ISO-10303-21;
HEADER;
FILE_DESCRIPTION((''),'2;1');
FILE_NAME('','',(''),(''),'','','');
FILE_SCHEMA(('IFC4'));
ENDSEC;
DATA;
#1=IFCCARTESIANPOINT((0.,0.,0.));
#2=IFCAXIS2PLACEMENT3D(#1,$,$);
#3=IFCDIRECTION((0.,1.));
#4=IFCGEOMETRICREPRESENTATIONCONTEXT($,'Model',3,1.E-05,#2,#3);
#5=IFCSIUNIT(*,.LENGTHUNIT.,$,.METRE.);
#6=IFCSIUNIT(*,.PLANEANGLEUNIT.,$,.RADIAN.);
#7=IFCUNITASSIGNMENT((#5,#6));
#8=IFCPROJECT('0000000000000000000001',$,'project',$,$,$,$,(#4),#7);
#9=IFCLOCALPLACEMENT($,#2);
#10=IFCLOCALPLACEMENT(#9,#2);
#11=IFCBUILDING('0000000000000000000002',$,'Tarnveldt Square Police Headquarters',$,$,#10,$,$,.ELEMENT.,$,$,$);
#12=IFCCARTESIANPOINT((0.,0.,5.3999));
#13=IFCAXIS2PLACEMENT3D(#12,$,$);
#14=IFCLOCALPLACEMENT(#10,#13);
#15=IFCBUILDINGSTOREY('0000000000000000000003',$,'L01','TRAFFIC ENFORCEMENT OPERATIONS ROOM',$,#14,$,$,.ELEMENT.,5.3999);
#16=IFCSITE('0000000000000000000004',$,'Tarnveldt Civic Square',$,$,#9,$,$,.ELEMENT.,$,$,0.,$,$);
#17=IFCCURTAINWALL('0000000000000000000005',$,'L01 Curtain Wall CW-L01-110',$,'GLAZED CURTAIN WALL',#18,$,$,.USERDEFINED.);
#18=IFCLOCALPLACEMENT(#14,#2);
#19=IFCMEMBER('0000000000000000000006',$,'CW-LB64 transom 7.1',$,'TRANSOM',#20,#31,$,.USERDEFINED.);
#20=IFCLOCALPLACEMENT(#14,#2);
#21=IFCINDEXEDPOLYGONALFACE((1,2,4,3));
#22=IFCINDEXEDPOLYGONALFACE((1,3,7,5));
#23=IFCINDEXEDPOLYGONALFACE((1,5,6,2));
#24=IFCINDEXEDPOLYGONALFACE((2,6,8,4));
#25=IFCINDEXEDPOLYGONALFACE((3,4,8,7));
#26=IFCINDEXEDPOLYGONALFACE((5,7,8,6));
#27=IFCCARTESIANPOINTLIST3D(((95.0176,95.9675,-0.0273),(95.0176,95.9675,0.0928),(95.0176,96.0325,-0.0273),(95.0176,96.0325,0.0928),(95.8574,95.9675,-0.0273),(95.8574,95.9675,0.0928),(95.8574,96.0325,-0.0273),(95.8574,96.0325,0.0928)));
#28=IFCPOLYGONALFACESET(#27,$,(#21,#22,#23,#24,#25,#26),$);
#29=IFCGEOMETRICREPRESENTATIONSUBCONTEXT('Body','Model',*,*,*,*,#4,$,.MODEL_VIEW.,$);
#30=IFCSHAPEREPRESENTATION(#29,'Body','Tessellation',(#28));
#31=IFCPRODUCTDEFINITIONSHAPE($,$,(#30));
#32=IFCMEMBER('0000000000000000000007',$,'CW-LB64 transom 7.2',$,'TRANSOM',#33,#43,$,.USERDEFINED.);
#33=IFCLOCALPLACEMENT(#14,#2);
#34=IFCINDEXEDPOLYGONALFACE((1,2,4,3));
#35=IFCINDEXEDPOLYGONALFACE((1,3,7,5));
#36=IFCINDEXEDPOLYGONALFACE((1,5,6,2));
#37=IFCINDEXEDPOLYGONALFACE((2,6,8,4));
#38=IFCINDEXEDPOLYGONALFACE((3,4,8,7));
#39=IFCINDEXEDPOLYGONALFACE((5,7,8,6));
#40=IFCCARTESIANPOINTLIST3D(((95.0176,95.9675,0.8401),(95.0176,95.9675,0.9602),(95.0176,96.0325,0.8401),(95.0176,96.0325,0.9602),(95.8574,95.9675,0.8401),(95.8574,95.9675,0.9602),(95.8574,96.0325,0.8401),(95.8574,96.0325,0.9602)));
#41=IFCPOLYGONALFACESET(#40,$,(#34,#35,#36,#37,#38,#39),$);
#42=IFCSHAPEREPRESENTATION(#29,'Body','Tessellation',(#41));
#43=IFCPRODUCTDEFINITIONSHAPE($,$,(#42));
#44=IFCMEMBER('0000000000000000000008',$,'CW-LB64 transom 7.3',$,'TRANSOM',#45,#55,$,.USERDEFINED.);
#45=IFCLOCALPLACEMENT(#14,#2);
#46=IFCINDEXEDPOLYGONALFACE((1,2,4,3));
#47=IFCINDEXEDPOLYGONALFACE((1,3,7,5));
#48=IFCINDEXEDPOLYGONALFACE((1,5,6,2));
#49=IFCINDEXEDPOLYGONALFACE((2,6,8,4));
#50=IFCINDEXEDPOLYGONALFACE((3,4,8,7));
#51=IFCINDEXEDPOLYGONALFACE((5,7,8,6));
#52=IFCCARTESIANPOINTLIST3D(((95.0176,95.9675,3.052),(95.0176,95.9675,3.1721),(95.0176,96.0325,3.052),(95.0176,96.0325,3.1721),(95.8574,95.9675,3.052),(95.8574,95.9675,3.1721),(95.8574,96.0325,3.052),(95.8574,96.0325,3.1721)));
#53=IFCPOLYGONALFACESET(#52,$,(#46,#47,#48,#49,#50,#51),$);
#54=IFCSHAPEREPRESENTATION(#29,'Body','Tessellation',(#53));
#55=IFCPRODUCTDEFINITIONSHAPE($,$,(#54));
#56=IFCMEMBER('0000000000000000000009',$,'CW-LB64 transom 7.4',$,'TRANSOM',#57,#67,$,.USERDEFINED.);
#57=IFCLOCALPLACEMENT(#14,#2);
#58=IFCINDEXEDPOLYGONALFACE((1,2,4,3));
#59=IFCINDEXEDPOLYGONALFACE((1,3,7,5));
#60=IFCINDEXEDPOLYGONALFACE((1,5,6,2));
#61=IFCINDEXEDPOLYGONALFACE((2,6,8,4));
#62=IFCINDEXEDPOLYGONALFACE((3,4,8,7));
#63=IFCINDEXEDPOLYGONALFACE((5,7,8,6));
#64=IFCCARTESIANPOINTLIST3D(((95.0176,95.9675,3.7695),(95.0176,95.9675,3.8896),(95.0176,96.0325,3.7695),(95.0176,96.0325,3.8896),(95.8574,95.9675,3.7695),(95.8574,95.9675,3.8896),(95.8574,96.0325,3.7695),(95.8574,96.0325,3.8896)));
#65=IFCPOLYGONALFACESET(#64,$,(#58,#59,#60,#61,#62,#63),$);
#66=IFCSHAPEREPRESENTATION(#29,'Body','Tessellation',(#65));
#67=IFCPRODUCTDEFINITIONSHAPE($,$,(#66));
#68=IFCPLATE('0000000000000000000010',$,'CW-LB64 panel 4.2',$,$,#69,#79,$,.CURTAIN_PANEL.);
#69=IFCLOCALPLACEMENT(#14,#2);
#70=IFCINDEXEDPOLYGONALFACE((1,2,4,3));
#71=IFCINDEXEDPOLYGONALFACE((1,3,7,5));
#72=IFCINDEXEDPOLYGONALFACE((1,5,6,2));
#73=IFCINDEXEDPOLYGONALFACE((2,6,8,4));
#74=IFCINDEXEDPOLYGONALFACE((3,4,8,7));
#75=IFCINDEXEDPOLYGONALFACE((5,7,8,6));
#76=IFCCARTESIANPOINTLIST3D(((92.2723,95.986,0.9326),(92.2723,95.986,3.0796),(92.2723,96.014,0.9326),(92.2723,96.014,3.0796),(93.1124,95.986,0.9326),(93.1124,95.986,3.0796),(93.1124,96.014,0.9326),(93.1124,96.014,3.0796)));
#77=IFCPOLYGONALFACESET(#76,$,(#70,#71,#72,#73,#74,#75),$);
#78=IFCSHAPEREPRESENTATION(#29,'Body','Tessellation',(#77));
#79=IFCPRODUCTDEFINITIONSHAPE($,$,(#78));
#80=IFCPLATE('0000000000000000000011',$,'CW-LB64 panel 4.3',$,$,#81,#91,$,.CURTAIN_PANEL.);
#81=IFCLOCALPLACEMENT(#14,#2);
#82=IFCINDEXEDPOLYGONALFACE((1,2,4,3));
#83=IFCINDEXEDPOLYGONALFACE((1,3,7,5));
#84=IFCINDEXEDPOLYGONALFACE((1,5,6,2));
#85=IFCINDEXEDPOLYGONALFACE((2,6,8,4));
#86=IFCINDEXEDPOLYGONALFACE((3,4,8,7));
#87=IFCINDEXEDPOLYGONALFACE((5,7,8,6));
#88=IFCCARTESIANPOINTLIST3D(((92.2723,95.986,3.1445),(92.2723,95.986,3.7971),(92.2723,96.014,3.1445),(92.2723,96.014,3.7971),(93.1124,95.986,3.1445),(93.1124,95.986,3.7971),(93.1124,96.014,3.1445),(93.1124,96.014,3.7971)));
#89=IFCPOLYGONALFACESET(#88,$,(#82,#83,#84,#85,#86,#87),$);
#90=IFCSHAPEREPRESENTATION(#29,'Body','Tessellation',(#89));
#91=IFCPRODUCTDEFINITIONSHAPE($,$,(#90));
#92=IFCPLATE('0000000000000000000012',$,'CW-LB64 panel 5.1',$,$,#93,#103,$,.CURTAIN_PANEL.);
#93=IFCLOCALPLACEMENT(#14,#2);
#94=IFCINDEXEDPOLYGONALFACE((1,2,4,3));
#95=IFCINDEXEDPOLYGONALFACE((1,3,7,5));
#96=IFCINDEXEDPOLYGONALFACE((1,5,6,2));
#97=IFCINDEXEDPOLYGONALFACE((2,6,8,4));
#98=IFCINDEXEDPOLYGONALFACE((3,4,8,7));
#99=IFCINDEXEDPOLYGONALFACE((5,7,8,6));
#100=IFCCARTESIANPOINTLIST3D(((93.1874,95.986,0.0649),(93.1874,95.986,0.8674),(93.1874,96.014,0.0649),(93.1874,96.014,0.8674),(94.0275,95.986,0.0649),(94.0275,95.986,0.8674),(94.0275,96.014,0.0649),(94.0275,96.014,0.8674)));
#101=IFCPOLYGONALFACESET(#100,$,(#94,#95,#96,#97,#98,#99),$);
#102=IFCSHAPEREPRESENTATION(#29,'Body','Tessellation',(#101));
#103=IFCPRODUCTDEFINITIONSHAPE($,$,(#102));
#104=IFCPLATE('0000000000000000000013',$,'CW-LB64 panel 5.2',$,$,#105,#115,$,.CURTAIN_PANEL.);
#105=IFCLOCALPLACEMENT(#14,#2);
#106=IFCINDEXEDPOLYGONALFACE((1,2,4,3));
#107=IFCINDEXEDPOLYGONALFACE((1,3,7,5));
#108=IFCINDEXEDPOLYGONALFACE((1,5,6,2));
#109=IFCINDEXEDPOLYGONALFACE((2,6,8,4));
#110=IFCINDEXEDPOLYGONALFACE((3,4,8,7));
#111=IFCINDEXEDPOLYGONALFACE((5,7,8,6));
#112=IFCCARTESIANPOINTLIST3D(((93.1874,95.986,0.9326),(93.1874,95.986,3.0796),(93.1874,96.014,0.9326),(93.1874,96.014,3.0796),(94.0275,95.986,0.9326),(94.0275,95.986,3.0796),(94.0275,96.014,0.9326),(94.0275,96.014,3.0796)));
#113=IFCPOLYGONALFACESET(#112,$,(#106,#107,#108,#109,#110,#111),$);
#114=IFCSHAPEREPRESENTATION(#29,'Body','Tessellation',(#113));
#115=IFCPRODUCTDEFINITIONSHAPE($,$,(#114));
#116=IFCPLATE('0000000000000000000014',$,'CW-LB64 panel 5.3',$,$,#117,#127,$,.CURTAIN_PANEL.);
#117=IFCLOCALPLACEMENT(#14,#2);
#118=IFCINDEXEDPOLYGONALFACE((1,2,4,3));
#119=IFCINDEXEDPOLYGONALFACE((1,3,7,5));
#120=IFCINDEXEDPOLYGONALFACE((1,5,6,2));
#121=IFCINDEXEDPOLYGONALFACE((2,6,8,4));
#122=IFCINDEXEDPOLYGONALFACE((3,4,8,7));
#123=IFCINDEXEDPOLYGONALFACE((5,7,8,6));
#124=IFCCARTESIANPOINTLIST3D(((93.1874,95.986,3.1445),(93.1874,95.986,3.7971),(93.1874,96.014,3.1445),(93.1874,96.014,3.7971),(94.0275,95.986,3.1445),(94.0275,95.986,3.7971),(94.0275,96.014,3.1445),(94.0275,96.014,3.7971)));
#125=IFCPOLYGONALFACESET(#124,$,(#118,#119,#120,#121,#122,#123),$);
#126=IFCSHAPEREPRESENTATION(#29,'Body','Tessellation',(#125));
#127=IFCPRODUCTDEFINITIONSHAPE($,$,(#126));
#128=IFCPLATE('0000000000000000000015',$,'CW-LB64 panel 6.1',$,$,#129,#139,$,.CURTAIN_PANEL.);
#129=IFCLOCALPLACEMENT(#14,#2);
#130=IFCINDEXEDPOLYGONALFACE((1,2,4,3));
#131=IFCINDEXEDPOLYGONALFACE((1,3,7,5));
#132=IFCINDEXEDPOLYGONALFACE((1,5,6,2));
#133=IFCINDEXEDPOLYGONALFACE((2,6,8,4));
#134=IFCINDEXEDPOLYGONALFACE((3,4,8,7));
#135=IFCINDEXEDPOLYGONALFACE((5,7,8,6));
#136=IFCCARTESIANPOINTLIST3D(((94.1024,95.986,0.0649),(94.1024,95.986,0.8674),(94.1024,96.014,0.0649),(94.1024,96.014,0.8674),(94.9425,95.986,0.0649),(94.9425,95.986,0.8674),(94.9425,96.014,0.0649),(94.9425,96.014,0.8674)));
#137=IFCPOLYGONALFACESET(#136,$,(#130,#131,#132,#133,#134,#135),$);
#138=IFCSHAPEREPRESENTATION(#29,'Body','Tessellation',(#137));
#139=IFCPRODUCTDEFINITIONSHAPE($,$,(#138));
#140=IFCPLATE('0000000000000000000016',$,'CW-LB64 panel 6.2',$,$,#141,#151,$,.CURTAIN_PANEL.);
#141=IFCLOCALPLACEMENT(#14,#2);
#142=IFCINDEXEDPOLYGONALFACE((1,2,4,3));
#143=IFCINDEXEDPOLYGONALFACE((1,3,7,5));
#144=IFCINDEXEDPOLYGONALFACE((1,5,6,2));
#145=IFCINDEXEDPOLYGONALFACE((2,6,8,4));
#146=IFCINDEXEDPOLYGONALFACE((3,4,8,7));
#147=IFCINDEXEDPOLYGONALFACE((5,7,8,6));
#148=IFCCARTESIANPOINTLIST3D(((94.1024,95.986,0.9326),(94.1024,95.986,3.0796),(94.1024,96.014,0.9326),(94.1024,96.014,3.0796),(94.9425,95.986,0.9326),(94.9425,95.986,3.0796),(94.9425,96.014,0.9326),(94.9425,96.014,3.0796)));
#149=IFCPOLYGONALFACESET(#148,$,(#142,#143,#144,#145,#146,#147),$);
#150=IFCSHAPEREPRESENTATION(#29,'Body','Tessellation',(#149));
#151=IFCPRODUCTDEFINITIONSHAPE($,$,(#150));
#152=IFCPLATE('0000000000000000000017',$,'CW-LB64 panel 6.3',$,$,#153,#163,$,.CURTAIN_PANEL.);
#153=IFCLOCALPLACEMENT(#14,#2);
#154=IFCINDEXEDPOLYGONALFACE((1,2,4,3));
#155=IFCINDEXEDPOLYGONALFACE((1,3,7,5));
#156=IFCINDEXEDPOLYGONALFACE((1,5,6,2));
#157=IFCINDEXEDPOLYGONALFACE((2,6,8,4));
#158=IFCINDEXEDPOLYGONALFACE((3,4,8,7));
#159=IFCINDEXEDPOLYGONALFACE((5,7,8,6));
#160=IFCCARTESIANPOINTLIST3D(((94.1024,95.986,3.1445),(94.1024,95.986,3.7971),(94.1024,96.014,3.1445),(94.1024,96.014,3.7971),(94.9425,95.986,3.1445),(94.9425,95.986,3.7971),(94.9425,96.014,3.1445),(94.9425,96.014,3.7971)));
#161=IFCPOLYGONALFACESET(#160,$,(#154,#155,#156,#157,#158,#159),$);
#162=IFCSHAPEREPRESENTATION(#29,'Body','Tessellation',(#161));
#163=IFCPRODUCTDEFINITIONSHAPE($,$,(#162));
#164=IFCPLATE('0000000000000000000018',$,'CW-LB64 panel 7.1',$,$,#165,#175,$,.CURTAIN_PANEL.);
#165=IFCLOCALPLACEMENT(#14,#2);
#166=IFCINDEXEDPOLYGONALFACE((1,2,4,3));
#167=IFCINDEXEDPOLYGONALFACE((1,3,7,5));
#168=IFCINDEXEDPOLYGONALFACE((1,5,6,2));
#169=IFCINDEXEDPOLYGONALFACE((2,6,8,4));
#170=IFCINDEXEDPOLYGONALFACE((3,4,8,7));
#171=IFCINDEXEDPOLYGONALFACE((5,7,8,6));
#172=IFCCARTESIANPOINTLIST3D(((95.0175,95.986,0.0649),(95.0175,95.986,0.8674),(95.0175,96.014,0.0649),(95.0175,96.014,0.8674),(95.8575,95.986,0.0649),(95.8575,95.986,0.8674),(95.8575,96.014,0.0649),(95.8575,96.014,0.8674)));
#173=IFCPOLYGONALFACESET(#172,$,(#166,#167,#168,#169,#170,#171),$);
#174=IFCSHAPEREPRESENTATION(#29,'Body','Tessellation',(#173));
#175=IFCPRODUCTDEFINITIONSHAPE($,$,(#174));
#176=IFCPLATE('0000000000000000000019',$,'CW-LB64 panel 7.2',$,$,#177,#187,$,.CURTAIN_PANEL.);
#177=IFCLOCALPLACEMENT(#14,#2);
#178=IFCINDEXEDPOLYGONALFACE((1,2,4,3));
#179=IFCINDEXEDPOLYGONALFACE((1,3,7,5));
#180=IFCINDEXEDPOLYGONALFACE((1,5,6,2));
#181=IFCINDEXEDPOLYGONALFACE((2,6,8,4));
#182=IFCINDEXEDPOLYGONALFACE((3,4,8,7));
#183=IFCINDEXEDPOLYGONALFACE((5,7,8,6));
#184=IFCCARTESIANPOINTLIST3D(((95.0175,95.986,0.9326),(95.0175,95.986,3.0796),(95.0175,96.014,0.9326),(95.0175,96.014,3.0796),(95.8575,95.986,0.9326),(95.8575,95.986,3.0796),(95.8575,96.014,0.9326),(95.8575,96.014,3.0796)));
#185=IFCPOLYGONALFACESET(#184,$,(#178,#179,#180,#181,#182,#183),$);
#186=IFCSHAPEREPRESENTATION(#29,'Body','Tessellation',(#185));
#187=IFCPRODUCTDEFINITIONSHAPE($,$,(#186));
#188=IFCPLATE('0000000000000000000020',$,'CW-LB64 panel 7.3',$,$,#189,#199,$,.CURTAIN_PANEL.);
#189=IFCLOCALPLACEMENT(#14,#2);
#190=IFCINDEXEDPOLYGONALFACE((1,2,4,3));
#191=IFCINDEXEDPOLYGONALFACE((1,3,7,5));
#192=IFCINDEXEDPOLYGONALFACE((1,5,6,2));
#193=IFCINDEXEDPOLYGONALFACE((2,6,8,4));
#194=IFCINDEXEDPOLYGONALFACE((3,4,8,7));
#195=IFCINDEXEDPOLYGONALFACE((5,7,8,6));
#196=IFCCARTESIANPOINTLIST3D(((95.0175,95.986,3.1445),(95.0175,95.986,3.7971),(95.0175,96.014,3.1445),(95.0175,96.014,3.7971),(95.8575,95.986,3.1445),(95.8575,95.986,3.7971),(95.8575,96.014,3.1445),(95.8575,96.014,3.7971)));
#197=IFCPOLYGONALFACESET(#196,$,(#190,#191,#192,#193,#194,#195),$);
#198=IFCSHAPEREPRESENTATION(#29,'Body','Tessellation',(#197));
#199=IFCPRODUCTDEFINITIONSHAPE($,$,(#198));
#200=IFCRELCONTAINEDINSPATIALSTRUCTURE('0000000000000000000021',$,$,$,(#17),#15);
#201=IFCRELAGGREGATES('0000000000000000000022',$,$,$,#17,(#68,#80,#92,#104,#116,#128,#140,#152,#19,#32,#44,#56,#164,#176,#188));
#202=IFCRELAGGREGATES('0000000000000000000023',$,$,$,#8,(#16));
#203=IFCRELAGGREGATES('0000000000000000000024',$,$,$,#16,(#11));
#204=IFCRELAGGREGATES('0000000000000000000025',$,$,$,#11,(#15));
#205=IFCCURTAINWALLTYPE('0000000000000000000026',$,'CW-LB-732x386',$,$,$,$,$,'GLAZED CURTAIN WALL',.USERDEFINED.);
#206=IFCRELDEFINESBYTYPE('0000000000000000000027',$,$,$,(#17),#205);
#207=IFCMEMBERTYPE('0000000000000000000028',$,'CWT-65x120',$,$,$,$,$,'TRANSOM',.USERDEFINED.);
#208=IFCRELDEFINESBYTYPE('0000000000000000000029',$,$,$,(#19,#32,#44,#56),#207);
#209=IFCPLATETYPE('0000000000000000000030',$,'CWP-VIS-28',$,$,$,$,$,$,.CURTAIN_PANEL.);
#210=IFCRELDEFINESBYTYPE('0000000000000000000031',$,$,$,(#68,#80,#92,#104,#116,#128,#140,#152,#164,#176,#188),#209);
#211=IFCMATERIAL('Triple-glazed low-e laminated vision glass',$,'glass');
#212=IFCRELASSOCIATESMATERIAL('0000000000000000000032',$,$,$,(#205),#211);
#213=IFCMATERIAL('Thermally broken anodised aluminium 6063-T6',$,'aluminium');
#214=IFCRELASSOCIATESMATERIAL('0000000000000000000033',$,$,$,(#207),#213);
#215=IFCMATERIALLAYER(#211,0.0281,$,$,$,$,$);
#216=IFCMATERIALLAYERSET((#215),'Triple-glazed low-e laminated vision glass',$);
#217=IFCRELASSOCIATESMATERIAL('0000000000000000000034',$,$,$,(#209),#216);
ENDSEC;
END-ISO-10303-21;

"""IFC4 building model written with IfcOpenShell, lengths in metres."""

from ifc_helpers import new_model, si_unit, direction, frame, origin, origin_2d, place, context, subcontext, project, spatial, rectangle, extrude, material, layer, layer_set, material_profile, profile_set, type_object, element, aggregate, save


model = new_model("IFC4")

# Units and contexts
model_context = context("Model", 3, precision=1e-05, world=origin(), true_north=direction((0.0, 1.0)))
body_context = subcontext(model_context, "Body", "Model", "MODEL_VIEW")
ifc_project = project(units=[si_unit("LENGTHUNIT", "METRE"), si_unit("PLANEANGLEUNIT", "RADIAN")], contexts=[model_context])

# Site, building, storey
site_placement = place(None, origin())
site = spatial("IfcSite", under=ifc_project, at=site_placement, Name="Tarnveldt Civic Square", CompositionType="ELEMENT", RefElevation=0.0)
building_placement = place(site_placement, origin())
building = spatial("IfcBuilding", under=site, at=building_placement, Name="Tarnveldt Square Police Headquarters", CompositionType="ELEMENT")
storey_placement = place(building_placement, frame((0.0, 0.0, 5.3999)))
storey = spatial("IfcBuildingStorey", under=building, at=storey_placement, Name="L01", Description="TRAFFIC ENFORCEMENT OPERATIONS ROOM", CompositionType="ELEMENT", Elevation=5.3999)

# Curtain wall, members, plates
ifc_material_1 = material(Name="Triple-glazed low-e laminated vision glass", Category="glass")
curtain_wall_type = type_object("IfcCurtainWallType", Name="CW-LB-732x386", ElementType="GLAZED CURTAIN WALL", PredefinedType="USERDEFINED", material=ifc_material_1)
curtain_wall_placement = place(storey_placement, origin())
curtain_wall = element("IfcCurtainWall", 1, at=curtain_wall_placement, inside=storey, type_object=curtain_wall_type, Name="L01 Curtain Wall CW-L01-110", ObjectType="GLAZED CURTAIN WALL", PredefinedType="USERDEFINED")
ifc_material_2 = material(Name="Thermally broken anodised aluminium 6063-T6", Category="aluminium")
ifc_material_profile_1 = material_profile(ifc_material_2, rectangle(XDim=0.0649, YDim=0.1201, at=origin_2d()), Name="CW-T65x120")
ifc_profile_set_1 = profile_set([ifc_material_profile_1], Name="Thermally broken anodised aluminium 6063-T6")
member_type_1 = type_object("IfcMemberType", Name="CWT-65x120", ElementType="TRANSOM", PredefinedType="USERDEFINED", material=ifc_profile_set_1)
member_1_placement = place(storey_placement, frame((95.0176, 96.0, 0.0327), z_axis=(1.0, 0.0, 0.0), x_axis=(0.0, 1.0, 0.0)))
member_1 = element("IfcMember", 2, at=member_1_placement, type_object=member_type_1, Name="CW-LB64 transom 7.1", ObjectType="TRANSOM", PredefinedType="USERDEFINED", context=body_context, shape_type="SweptSolid", body=[
    extrude(rectangle(XDim=0.0649, YDim=0.1201, at=origin_2d()), origin(), (0.0, 0.0, 1.0), 0.8398),
])
member_2_placement = place(storey_placement, frame((95.0176, 96.0, 0.9001), z_axis=(1.0, 0.0, 0.0), x_axis=(0.0, 1.0, 0.0)))
member_2 = element("IfcMember", 3, at=member_2_placement, type_object=member_type_1, Name="CW-LB64 transom 7.2", ObjectType="TRANSOM", PredefinedType="USERDEFINED", context=body_context, shape_type="SweptSolid", body=[
    extrude(rectangle(XDim=0.0649, YDim=0.1201, at=origin_2d()), origin(), (0.0, 0.0, 1.0), 0.8398),
])
member_3_placement = place(storey_placement, frame((95.0176, 96.0, 3.1121), z_axis=(1.0, 0.0, 0.0), x_axis=(0.0, 1.0, 0.0)))
member_3 = element("IfcMember", 4, at=member_3_placement, type_object=member_type_1, Name="CW-LB64 transom 7.3", ObjectType="TRANSOM", PredefinedType="USERDEFINED", context=body_context, shape_type="SweptSolid", body=[
    extrude(rectangle(XDim=0.0649, YDim=0.1201, at=origin_2d()), origin(), (0.0, 0.0, 1.0), 0.8398),
])
member_4_placement = place(storey_placement, frame((95.0176, 96.0, 3.8296), z_axis=(1.0, 0.0, 0.0), x_axis=(0.0, 1.0, 0.0)))
member_4 = element("IfcMember", 5, at=member_4_placement, type_object=member_type_1, Name="CW-LB64 transom 7.4", ObjectType="TRANSOM", PredefinedType="USERDEFINED", context=body_context, shape_type="SweptSolid", body=[
    extrude(rectangle(XDim=0.0649, YDim=0.1201, at=origin_2d()), origin(), (0.0, 0.0, 1.0), 0.8398),
])
ifc_layer_1 = layer(ifc_material_1, 0.0281)
ifc_layer_set_1 = layer_set([ifc_layer_1], Name="Triple-glazed low-e laminated vision glass")
plate_type = type_object("IfcPlateType", Name="CWP-VIS-28", PredefinedType="CURTAIN_PANEL", material=ifc_layer_set_1)
plate_1_placement = place(storey_placement, frame((92.6924, 96.0, 0.9326), z_axis=(0.0, 0.0, 1.0), x_axis=(1.0, 0.0, 0.0)))
plate_1 = element("IfcPlate", 6, at=plate_1_placement, type_object=plate_type, Name="CW-LB64 panel 4.2", PredefinedType="CURTAIN_PANEL", context=body_context, shape_type="SweptSolid", body=[
    extrude(rectangle(XDim=0.8401, YDim=0.0281, at=origin_2d()), origin(), (0.0, 0.0, 1.0), 2.147),
])
plate_2_placement = place(storey_placement, frame((92.6924, 96.0, 3.1445), z_axis=(0.0, 0.0, 1.0), x_axis=(1.0, 0.0, 0.0)))
plate_2 = element("IfcPlate", 7, at=plate_2_placement, type_object=plate_type, Name="CW-LB64 panel 4.3", PredefinedType="CURTAIN_PANEL", context=body_context, shape_type="SweptSolid", body=[
    extrude(rectangle(XDim=0.8401, YDim=0.0281, at=origin_2d()), origin(), (0.0, 0.0, 1.0), 0.6526),
])
plate_3_placement = place(storey_placement, frame((93.6074, 96.0, 0.0649), z_axis=(0.0, 0.0, 1.0), x_axis=(1.0, 0.0, 0.0)))
plate_3 = element("IfcPlate", 8, at=plate_3_placement, type_object=plate_type, Name="CW-LB64 panel 5.1", PredefinedType="CURTAIN_PANEL", context=body_context, shape_type="SweptSolid", body=[
    extrude(rectangle(XDim=0.8401, YDim=0.0281, at=origin_2d()), origin(), (0.0, 0.0, 1.0), 0.8025),
])
plate_4_placement = place(storey_placement, frame((93.6074, 96.0, 0.9326), z_axis=(0.0, 0.0, 1.0), x_axis=(1.0, 0.0, 0.0)))
plate_4 = element("IfcPlate", 9, at=plate_4_placement, type_object=plate_type, Name="CW-LB64 panel 5.2", PredefinedType="CURTAIN_PANEL", context=body_context, shape_type="SweptSolid", body=[
    extrude(rectangle(XDim=0.8401, YDim=0.0281, at=origin_2d()), origin(), (0.0, 0.0, 1.0), 2.147),
])
plate_5_placement = place(storey_placement, frame((93.6074, 96.0, 3.1445), z_axis=(0.0, 0.0, 1.0), x_axis=(1.0, 0.0, 0.0)))
plate_5 = element("IfcPlate", 10, at=plate_5_placement, type_object=plate_type, Name="CW-LB64 panel 5.3", PredefinedType="CURTAIN_PANEL", context=body_context, shape_type="SweptSolid", body=[
    extrude(rectangle(XDim=0.8401, YDim=0.0281, at=origin_2d()), origin(), (0.0, 0.0, 1.0), 0.6526),
])
plate_6_placement = place(storey_placement, frame((94.5225, 96.0, 0.0649), z_axis=(0.0, 0.0, 1.0), x_axis=(1.0, 0.0, 0.0)))
plate_6 = element("IfcPlate", 11, at=plate_6_placement, type_object=plate_type, Name="CW-LB64 panel 6.1", PredefinedType="CURTAIN_PANEL", context=body_context, shape_type="SweptSolid", body=[
    extrude(rectangle(XDim=0.8401, YDim=0.0281, at=origin_2d()), origin(), (0.0, 0.0, 1.0), 0.8025),
])
plate_7_placement = place(storey_placement, frame((94.5225, 96.0, 0.9326), z_axis=(0.0, 0.0, 1.0), x_axis=(1.0, 0.0, 0.0)))
plate_7 = element("IfcPlate", 12, at=plate_7_placement, type_object=plate_type, Name="CW-LB64 panel 6.2", PredefinedType="CURTAIN_PANEL", context=body_context, shape_type="SweptSolid", body=[
    extrude(rectangle(XDim=0.8401, YDim=0.0281, at=origin_2d()), origin(), (0.0, 0.0, 1.0), 2.147),
])
plate_8_placement = place(storey_placement, frame((94.5225, 96.0, 3.1445), z_axis=(0.0, 0.0, 1.0), x_axis=(1.0, 0.0, 0.0)))
plate_8 = element("IfcPlate", 13, at=plate_8_placement, type_object=plate_type, Name="CW-LB64 panel 6.3", PredefinedType="CURTAIN_PANEL", context=body_context, shape_type="SweptSolid", body=[
    extrude(rectangle(XDim=0.8401, YDim=0.0281, at=origin_2d()), origin(), (0.0, 0.0, 1.0), 0.6526),
])
plate_9_placement = place(storey_placement, frame((95.4375, 96.0, 0.0649), z_axis=(0.0, 0.0, 1.0), x_axis=(1.0, 0.0, 0.0)))
plate_9 = element("IfcPlate", 14, at=plate_9_placement, type_object=plate_type, Name="CW-LB64 panel 7.1", PredefinedType="CURTAIN_PANEL", context=body_context, shape_type="SweptSolid", body=[
    extrude(rectangle(XDim=0.8401, YDim=0.0281, at=origin_2d()), origin(), (0.0, 0.0, 1.0), 0.8025),
])
plate_10_placement = place(storey_placement, frame((95.4375, 96.0, 0.9326), z_axis=(0.0, 0.0, 1.0), x_axis=(1.0, 0.0, 0.0)))
plate_10 = element("IfcPlate", 15, at=plate_10_placement, type_object=plate_type, Name="CW-LB64 panel 7.2", PredefinedType="CURTAIN_PANEL", context=body_context, shape_type="SweptSolid", body=[
    extrude(rectangle(XDim=0.8401, YDim=0.0281, at=origin_2d()), origin(), (0.0, 0.0, 1.0), 2.147),
])
plate_11_placement = place(storey_placement, frame((95.4375, 96.0, 3.1445), z_axis=(0.0, 0.0, 1.0), x_axis=(1.0, 0.0, 0.0)))
plate_11 = element("IfcPlate", 16, at=plate_11_placement, type_object=plate_type, Name="CW-LB64 panel 7.3", PredefinedType="CURTAIN_PANEL", context=body_context, shape_type="SweptSolid", body=[
    extrude(rectangle(XDim=0.8401, YDim=0.0281, at=origin_2d()), origin(), (0.0, 0.0, 1.0), 0.6526),
])
aggregate(curtain_wall, [plate_1, plate_2, plate_3, plate_4, plate_5, plate_6, plate_7, plate_8, member_1, member_2, member_3, member_4, plate_9, plate_10, plate_11])

save(model, "model.ifc")
